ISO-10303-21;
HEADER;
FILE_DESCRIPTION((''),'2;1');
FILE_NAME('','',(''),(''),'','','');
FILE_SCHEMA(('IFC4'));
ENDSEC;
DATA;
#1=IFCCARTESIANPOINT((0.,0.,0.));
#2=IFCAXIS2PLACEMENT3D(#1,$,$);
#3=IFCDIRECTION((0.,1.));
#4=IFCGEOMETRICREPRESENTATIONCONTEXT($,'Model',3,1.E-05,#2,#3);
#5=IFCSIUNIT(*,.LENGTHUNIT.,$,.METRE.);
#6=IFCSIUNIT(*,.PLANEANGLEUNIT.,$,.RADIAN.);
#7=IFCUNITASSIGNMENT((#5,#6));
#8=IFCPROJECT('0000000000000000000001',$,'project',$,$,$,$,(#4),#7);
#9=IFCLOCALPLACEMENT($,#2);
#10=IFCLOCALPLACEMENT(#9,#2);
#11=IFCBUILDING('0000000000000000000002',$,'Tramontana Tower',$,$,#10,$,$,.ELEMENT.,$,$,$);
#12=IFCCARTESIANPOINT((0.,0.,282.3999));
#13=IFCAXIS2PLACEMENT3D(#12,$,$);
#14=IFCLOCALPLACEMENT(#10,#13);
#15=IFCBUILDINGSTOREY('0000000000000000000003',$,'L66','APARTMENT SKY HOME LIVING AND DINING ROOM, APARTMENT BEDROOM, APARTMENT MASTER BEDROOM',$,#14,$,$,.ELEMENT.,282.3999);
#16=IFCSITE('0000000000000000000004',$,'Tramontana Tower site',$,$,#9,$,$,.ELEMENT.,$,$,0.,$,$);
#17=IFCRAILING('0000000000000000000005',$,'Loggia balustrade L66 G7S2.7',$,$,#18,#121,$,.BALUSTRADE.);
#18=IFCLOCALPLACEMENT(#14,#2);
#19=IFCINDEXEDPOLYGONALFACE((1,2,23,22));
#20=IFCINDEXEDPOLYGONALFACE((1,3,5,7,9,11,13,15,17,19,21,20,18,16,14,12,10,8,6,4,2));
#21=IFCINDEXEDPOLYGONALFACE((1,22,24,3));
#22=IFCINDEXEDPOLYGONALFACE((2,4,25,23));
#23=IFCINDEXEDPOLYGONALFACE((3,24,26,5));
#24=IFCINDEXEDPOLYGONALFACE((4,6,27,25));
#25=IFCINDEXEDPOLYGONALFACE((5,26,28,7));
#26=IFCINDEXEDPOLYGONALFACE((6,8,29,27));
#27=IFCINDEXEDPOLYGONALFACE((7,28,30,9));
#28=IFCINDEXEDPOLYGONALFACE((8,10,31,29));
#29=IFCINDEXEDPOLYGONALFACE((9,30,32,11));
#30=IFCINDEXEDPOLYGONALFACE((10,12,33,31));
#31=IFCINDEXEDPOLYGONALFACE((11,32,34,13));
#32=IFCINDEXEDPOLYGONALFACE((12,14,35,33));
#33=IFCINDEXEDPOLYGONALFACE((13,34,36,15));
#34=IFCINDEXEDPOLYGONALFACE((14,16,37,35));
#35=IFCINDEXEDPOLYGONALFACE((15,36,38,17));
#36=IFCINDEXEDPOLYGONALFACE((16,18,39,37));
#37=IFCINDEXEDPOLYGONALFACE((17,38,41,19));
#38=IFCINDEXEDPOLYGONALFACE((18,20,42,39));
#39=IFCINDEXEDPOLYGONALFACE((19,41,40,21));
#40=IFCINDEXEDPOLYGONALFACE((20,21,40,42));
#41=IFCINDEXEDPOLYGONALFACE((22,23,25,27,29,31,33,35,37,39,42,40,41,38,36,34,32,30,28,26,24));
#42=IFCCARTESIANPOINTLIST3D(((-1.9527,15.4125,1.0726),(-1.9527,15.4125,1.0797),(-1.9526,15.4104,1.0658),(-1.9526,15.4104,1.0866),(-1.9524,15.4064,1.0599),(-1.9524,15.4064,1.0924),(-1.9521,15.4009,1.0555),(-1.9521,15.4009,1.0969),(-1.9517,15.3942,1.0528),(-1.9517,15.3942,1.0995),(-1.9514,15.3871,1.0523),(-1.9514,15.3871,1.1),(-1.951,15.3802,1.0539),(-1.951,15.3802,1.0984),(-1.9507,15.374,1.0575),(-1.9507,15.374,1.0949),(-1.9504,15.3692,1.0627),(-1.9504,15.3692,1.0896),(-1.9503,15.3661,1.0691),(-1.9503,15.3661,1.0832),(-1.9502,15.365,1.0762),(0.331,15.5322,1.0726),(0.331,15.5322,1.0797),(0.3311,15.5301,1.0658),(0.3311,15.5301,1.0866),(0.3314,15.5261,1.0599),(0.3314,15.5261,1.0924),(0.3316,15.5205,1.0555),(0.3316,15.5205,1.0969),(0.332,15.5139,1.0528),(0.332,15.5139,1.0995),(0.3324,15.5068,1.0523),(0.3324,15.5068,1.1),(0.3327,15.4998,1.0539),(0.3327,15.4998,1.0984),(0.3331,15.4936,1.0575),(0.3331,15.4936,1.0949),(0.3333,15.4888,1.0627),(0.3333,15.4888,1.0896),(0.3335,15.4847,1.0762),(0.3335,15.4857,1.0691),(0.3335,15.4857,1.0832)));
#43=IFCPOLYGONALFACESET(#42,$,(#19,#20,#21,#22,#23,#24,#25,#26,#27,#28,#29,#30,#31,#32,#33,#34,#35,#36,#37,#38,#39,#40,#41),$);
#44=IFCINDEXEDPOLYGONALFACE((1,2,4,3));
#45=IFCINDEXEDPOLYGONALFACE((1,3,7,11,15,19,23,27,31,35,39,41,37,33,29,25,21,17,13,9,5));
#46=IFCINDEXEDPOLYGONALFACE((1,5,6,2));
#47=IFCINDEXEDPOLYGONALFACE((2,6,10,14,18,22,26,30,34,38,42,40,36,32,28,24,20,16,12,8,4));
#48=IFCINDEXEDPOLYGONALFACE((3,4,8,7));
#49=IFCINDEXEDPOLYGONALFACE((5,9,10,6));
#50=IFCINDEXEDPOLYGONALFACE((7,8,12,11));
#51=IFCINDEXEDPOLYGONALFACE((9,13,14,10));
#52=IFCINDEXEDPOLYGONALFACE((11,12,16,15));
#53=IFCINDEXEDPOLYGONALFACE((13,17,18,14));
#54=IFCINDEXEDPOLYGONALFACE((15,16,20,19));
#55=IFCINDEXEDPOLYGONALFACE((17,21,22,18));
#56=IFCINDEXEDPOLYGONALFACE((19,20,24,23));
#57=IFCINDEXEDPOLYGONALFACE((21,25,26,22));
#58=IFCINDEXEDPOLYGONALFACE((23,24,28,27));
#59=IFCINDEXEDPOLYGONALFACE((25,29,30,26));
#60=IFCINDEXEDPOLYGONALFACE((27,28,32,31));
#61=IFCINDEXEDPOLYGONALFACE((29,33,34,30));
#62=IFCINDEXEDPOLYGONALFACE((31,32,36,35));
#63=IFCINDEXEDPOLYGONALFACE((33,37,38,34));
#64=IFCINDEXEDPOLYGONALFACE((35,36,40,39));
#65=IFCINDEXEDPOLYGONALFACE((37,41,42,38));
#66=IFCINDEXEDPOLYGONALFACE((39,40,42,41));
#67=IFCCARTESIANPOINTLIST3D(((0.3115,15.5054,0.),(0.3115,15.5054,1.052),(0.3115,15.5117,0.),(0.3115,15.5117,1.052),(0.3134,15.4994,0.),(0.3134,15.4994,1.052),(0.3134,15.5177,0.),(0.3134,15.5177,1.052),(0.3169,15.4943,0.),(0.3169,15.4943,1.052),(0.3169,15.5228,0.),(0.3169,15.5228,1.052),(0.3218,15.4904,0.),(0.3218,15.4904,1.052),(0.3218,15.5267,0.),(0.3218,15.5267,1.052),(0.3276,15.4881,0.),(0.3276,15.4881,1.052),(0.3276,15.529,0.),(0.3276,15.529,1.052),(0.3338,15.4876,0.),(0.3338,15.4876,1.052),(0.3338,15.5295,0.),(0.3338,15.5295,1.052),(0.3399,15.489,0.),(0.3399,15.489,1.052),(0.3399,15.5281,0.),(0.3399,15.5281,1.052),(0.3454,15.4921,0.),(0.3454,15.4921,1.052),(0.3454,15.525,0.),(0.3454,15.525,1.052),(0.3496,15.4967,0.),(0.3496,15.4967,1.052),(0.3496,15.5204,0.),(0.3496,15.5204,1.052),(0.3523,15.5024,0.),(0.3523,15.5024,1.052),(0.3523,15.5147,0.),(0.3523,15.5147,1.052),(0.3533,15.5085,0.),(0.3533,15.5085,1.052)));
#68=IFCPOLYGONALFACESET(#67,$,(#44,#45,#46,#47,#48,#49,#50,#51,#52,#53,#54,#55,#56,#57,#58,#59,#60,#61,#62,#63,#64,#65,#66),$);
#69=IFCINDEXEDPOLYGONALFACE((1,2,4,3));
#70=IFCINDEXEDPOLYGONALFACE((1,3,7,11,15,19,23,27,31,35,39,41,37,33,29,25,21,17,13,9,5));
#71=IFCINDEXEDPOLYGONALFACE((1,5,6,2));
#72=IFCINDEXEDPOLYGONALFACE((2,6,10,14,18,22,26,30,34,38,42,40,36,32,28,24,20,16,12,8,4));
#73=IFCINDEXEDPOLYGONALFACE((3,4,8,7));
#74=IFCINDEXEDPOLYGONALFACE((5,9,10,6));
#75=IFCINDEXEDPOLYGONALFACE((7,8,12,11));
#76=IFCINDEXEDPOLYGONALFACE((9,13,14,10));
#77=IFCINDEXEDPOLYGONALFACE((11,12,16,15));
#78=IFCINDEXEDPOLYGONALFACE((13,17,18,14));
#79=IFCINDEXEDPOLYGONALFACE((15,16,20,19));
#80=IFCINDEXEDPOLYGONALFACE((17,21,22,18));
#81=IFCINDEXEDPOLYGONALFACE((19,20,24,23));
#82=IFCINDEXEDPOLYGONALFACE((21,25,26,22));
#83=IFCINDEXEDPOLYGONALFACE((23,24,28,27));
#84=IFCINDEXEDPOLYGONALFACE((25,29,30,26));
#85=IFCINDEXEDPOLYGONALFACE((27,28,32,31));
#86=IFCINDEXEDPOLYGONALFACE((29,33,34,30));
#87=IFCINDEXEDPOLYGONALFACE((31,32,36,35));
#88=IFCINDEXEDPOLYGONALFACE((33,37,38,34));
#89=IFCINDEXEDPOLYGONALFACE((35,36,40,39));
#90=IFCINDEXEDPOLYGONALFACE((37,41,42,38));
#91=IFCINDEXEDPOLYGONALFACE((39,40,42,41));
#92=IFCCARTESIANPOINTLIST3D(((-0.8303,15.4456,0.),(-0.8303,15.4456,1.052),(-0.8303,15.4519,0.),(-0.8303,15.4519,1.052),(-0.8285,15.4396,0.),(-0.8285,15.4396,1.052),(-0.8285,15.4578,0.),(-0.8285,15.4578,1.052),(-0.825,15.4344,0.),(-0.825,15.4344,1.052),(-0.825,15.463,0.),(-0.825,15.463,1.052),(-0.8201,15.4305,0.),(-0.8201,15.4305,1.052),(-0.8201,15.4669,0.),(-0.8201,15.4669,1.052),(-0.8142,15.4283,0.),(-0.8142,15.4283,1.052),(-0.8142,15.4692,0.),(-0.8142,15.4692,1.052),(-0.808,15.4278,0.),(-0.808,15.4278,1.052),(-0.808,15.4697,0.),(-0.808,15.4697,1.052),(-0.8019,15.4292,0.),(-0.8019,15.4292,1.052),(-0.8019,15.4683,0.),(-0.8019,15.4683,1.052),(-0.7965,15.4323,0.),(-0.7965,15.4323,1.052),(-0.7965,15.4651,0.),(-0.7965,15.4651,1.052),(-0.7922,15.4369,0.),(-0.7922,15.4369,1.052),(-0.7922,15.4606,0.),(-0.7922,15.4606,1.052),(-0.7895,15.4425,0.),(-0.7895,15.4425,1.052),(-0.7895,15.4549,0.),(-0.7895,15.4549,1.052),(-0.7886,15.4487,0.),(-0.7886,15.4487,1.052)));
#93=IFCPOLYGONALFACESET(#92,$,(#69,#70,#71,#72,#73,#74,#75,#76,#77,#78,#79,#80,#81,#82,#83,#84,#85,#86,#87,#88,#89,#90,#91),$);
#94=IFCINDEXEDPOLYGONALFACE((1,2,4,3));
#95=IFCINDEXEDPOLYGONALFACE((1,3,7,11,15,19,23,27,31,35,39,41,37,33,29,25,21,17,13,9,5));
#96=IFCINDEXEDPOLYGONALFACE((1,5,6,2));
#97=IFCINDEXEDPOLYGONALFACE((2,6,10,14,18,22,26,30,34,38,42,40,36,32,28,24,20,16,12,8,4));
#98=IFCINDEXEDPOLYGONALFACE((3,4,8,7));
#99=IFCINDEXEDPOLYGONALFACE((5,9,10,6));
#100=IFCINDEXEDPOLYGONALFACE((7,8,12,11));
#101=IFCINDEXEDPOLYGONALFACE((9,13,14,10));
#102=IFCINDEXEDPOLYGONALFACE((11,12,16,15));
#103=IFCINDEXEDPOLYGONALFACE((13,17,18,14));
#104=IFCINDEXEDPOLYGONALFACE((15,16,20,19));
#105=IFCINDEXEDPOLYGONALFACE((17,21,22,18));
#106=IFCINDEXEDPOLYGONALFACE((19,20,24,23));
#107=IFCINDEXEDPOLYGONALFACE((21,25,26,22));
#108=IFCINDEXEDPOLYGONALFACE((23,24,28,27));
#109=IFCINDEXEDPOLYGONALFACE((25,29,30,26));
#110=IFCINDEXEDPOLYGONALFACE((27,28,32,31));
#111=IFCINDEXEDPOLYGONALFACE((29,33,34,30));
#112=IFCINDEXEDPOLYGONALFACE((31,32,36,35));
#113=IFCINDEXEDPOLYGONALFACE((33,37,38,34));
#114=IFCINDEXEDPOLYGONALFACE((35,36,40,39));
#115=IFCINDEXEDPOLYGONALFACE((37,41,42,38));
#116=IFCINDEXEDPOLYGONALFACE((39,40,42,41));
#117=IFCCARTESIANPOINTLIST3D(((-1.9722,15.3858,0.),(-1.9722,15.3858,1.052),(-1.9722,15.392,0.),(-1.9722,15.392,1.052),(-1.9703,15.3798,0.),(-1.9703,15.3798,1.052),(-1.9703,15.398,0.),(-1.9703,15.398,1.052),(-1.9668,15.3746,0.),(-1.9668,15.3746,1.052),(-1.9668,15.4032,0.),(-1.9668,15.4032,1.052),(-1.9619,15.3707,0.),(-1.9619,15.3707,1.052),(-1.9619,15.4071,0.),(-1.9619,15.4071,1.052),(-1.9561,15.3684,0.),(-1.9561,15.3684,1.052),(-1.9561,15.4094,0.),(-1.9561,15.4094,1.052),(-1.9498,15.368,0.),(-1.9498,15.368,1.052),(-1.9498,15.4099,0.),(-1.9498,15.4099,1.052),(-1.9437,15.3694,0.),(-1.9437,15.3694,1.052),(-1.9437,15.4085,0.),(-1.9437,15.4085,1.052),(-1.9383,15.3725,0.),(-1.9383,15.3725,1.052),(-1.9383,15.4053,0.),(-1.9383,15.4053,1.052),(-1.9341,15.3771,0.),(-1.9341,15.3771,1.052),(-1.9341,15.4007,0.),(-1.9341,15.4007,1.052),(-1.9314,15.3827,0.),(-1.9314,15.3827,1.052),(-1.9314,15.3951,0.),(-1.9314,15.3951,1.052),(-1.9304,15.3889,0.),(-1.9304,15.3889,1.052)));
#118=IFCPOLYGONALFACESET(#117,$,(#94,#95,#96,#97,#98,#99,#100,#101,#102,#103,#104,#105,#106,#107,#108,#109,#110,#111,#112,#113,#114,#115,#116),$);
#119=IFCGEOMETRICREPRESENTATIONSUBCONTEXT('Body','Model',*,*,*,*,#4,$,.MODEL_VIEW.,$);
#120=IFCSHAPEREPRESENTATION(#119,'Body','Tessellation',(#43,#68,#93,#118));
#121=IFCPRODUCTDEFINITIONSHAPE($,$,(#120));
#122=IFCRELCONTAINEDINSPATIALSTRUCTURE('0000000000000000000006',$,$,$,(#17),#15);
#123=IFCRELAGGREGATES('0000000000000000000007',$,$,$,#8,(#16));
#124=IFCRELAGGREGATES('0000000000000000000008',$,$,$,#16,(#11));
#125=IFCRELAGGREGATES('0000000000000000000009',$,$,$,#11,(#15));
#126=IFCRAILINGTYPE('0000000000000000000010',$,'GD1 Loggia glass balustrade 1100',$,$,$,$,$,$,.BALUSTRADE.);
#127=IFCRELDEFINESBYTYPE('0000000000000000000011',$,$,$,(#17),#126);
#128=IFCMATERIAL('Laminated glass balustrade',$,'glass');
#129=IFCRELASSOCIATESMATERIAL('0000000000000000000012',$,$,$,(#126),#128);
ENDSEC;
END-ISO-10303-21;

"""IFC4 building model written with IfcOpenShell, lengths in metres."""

from ifc_helpers import new_model, si_unit, direction, frame, origin, origin_2d, place, context, subcontext, project, spatial, circle, extrude, material, type_object, element, save


model = new_model("IFC4")

# Units and contexts
model_context = context("Model", 3, precision=1e-05, world=origin(), true_north=direction((0.0, 1.0)))
body_context = subcontext(model_context, "Body", "Model", "MODEL_VIEW")
ifc_project = project(units=[si_unit("LENGTHUNIT", "METRE"), si_unit("PLANEANGLEUNIT", "RADIAN")], contexts=[model_context])

# Site, building, storey
site_placement = place(None, origin())
site = spatial("IfcSite", under=ifc_project, at=site_placement, Name="Tramontana Tower site", CompositionType="ELEMENT", RefElevation=0.0)
building_placement = place(site_placement, origin())
building = spatial("IfcBuilding", under=site, at=building_placement, Name="Tramontana Tower", CompositionType="ELEMENT")
storey_placement = place(building_placement, frame((0.0, 0.0, 282.3999)))
storey = spatial("IfcBuildingStorey", under=building, at=storey_placement, Name="L66", Description="APARTMENT SKY HOME LIVING AND DINING ROOM, APARTMENT BEDROOM, APARTMENT MASTER BEDROOM", CompositionType="ELEMENT", Elevation=282.3999)

# Railing
ifc_material_1 = material(Name="Laminated glass balustrade", Category="glass")
railing_type = type_object("IfcRailingType", Name="GD1 Loggia glass balustrade 1100", PredefinedType="BALUSTRADE", material=ifc_material_1)
railing_placement = place(storey_placement, frame((0.3323, 15.5085, 0.0)))
element("IfcRailing", 1, at=railing_placement, inside=storey, type_object=railing_type, Name="Loggia balustrade L66 G7S2.7", PredefinedType="BALUSTRADE", context=body_context, shape_type="SweptSolid", body=[
    extrude(circle(Radius=0.0239, at=origin_2d()), frame((0.0, 0.0, 1.0762), z_axis=(-0.998631, -0.052312, 0.0), x_axis=(0.052312, -0.998631, 0.0)), (0.0, 0.0, 1.0), 2.2869),
    extrude(circle(Radius=0.021, at=origin_2d()), origin(), (0.0, 0.0, 1.0), 1.052),
    extrude(circle(Radius=0.021, at=origin_2d()), frame((-1.1418, -0.0598, 0.0)), (0.0, 0.0, 1.0), 1.052),
    extrude(circle(Radius=0.021, at=origin_2d()), frame((-2.2837, -0.1196, 0.0)), (0.0, 0.0, 1.0), 1.052),
])

save(model, "model.ifc")
